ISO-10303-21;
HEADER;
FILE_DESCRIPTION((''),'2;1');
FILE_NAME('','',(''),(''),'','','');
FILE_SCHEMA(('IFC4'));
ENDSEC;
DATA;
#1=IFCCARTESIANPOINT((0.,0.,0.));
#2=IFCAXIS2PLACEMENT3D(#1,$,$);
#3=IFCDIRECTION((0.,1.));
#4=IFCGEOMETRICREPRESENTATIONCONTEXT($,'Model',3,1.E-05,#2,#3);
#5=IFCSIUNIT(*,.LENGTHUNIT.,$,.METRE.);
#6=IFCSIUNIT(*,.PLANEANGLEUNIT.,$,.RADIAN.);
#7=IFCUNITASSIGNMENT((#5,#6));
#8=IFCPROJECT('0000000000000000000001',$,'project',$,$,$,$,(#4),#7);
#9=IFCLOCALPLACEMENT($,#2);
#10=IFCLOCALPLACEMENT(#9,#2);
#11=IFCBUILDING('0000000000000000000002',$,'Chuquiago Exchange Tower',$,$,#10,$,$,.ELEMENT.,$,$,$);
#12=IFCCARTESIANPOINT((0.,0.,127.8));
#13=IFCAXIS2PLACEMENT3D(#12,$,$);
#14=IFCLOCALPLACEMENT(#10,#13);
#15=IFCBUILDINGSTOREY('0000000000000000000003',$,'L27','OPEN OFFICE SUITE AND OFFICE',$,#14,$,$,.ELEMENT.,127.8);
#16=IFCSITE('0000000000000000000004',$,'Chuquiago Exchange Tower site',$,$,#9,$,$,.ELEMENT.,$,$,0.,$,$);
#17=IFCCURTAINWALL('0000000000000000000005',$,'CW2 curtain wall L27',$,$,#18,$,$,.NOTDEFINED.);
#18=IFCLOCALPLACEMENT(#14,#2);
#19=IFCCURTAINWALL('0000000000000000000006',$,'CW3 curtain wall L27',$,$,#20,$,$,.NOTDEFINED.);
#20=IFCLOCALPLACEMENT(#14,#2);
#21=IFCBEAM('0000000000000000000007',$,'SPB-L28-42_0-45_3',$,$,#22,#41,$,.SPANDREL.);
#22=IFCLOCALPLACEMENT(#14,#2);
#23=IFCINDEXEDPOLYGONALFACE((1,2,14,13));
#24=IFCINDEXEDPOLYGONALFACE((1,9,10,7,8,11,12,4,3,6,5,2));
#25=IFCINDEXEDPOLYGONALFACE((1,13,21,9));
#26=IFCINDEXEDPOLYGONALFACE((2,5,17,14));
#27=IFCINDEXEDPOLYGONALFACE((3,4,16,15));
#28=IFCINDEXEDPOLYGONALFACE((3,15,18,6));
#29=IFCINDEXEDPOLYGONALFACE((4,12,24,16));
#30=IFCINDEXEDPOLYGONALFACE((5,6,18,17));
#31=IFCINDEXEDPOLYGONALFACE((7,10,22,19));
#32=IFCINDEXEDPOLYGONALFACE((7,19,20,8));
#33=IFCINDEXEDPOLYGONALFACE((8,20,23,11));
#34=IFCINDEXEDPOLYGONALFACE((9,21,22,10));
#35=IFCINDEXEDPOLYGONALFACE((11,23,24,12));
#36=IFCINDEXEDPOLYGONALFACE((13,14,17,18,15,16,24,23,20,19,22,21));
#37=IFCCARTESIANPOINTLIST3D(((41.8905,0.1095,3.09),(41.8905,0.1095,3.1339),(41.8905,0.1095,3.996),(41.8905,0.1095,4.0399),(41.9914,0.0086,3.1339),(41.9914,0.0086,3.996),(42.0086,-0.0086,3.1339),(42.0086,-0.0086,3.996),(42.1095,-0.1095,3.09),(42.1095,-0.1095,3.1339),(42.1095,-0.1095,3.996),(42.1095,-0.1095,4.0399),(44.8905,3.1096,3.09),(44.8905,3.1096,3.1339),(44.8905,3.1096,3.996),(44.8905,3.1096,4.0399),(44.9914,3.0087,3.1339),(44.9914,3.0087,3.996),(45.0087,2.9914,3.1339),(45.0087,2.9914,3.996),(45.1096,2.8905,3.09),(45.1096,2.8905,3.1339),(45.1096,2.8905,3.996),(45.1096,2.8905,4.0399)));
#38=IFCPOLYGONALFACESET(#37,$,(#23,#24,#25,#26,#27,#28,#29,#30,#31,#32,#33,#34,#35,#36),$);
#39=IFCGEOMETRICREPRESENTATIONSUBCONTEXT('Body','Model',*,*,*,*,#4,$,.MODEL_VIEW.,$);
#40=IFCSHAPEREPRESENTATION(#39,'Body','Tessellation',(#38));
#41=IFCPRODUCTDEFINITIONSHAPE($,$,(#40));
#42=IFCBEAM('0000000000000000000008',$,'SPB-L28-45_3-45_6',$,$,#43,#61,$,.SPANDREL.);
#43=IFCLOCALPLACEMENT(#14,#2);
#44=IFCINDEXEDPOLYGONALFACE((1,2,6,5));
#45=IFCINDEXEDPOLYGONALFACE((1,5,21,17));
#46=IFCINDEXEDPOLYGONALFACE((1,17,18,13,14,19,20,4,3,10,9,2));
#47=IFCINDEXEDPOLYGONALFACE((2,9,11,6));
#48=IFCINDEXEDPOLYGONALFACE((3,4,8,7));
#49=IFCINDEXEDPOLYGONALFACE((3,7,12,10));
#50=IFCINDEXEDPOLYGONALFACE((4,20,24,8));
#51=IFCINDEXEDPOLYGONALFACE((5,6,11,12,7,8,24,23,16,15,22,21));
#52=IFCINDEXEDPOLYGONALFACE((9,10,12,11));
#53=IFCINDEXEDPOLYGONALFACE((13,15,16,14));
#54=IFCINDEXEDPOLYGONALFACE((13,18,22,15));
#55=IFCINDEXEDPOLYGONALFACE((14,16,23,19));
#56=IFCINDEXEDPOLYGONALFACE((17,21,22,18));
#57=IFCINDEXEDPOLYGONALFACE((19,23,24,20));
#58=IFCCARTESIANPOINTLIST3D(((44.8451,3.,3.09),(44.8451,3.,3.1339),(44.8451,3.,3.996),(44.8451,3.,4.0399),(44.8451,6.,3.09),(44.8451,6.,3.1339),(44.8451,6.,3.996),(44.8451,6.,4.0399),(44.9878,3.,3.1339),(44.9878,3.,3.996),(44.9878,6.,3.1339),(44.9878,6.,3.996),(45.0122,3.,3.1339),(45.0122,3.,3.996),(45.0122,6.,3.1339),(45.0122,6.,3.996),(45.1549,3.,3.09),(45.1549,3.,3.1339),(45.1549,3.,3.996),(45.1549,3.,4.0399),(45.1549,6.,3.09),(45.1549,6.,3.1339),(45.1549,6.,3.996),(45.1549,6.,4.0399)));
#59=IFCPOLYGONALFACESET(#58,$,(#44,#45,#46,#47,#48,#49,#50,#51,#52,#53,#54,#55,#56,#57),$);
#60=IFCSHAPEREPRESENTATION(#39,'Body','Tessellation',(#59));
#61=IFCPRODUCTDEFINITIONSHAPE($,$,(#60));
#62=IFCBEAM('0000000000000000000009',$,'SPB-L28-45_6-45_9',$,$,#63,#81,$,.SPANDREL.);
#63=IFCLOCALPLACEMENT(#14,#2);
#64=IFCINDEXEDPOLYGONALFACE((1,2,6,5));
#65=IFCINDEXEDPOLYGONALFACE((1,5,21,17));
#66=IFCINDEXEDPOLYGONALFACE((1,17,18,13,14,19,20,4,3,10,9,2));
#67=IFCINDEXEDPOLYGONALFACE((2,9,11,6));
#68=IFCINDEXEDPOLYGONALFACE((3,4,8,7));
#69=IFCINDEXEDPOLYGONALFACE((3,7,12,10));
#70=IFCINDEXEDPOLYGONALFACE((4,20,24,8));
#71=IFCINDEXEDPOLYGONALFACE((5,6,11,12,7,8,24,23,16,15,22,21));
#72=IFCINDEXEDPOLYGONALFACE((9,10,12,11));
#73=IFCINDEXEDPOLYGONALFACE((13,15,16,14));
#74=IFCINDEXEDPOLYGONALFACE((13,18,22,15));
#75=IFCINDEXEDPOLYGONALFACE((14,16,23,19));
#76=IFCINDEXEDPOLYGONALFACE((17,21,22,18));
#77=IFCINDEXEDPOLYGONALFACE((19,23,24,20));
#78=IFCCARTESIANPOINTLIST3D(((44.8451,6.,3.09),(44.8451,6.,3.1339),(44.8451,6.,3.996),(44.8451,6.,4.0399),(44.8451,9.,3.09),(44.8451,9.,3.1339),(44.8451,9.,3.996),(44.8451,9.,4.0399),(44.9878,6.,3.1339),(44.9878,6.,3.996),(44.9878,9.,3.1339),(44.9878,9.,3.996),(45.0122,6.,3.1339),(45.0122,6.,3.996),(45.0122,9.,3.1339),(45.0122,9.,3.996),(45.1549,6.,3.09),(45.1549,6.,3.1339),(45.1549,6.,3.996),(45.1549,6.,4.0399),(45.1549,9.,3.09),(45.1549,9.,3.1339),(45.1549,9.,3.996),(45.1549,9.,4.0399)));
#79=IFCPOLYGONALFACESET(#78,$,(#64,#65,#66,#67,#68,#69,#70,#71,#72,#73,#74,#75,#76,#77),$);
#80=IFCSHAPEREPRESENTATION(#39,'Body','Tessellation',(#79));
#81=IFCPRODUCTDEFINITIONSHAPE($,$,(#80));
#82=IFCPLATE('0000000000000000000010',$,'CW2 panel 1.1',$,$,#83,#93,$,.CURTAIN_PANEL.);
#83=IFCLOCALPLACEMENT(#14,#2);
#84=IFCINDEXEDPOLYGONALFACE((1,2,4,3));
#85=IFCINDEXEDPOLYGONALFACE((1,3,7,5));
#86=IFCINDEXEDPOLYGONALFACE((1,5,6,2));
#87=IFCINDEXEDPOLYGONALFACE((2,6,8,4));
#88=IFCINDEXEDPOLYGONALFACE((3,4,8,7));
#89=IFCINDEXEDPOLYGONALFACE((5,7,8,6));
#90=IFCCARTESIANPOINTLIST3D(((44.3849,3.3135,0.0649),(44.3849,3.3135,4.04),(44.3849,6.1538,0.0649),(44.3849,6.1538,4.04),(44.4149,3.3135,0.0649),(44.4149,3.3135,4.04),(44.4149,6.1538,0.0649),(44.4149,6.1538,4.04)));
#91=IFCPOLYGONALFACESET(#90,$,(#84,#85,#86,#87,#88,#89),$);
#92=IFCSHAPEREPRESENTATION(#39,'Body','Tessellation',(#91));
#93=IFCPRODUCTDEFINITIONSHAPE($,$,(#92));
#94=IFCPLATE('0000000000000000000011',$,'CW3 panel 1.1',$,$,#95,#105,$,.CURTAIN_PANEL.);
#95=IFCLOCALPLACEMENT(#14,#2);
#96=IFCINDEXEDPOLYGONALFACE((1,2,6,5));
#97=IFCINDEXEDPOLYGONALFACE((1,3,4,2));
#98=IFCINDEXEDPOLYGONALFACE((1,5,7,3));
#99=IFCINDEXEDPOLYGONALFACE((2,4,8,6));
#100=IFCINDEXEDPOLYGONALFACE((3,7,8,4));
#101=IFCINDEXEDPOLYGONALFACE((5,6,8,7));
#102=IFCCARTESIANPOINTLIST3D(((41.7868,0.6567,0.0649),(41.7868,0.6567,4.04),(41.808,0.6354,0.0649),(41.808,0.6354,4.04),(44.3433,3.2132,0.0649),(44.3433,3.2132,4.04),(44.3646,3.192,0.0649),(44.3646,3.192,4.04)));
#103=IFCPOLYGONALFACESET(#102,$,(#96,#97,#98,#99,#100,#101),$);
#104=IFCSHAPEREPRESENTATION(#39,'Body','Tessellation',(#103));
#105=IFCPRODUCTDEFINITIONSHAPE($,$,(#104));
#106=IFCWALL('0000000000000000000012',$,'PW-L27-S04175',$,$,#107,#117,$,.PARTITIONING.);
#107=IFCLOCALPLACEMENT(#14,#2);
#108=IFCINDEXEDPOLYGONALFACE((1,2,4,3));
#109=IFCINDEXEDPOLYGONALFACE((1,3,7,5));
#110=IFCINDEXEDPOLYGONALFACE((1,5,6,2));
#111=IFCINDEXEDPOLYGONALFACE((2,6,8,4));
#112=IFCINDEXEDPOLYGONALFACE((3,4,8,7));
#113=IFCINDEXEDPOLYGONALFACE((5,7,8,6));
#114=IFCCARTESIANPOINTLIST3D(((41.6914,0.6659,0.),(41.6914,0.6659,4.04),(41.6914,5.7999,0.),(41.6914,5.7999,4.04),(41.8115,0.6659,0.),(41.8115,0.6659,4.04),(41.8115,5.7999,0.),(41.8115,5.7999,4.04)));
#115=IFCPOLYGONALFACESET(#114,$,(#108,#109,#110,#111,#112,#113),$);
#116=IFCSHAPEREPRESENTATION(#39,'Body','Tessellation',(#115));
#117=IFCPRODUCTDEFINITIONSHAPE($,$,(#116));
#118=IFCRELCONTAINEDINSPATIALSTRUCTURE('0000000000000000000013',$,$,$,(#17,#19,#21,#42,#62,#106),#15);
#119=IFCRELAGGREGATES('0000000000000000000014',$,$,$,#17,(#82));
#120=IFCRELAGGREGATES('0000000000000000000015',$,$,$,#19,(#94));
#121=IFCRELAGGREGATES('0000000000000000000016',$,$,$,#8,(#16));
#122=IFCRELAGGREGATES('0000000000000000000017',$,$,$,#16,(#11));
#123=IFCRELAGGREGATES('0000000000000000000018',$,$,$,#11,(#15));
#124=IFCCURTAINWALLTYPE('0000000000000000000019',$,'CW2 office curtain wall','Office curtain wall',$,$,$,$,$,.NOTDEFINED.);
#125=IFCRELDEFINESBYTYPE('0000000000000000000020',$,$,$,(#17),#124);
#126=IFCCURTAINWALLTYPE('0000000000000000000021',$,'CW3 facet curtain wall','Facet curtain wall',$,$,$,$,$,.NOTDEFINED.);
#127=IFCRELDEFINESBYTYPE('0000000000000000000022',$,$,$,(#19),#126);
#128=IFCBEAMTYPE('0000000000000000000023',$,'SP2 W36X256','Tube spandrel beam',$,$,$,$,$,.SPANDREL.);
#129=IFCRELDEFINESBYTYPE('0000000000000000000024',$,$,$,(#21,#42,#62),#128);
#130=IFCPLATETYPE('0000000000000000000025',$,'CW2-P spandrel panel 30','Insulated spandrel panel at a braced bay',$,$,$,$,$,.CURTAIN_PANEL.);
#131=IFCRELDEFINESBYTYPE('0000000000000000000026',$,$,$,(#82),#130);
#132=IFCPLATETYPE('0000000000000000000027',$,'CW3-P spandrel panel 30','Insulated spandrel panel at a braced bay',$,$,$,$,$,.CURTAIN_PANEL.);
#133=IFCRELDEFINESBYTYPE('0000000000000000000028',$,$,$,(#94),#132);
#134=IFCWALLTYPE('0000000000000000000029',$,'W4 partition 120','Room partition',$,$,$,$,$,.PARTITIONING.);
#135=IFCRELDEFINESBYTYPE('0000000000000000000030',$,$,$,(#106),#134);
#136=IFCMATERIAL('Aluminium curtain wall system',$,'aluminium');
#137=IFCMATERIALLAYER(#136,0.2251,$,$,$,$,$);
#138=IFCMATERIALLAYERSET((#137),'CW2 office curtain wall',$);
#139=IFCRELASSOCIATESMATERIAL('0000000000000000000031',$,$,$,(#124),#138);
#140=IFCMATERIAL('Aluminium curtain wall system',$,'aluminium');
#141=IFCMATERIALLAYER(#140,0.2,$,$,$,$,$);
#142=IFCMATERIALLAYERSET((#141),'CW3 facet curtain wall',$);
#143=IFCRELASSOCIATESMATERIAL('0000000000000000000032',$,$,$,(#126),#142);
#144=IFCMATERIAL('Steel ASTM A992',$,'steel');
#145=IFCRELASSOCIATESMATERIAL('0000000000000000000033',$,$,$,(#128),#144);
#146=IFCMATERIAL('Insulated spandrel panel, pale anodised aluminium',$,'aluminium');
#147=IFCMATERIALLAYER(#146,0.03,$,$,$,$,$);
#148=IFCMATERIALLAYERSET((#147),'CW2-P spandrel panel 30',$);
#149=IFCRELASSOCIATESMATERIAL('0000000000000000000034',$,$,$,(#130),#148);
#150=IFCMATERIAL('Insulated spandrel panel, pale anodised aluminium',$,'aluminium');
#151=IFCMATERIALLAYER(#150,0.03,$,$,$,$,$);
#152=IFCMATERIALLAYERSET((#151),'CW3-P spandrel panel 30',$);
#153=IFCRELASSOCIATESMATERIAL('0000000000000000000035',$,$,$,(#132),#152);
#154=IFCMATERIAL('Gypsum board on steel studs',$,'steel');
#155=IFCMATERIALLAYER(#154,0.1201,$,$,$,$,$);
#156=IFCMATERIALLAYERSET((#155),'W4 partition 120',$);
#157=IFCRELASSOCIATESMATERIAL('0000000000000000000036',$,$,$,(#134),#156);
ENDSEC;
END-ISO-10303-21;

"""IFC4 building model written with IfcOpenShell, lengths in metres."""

from ifc_helpers import new_model, si_unit, direction, frame, frame_2d, origin, origin_2d, place, context, subcontext, project, spatial, rectangle, i_section, extrude, material, layer, layer_set, material_profile, profile_set, type_object, element, aggregate, save


model = new_model("IFC4")

# Units and contexts
model_context = context("Model", 3, precision=1e-05, world=origin(), true_north=direction((0.0, 1.0)))
body_context = subcontext(model_context, "Body", "Model", "MODEL_VIEW")
ifc_project = project(units=[si_unit("LENGTHUNIT", "METRE"), si_unit("PLANEANGLEUNIT", "RADIAN")], contexts=[model_context])

# Site, building, storey
site_placement = place(None, origin())
site = spatial("IfcSite", under=ifc_project, at=site_placement, Name="Chuquiago Exchange Tower site", CompositionType="ELEMENT", RefElevation=0.0)
building_placement = place(site_placement, origin())
building = spatial("IfcBuilding", under=site, at=building_placement, Name="Chuquiago Exchange Tower", CompositionType="ELEMENT")
storey_placement = place(building_placement, frame((0.0, 0.0, 127.8)))
storey = spatial("IfcBuildingStorey", under=building, at=storey_placement, Name="L27", Description="OPEN OFFICE SUITE AND OFFICE", CompositionType="ELEMENT", Elevation=127.8)

# Curtain walls
ifc_material_1 = material(Name="Aluminium curtain wall system", Category="aluminium")
ifc_layer_1 = layer(ifc_material_1, 0.2251)
ifc_layer_set_1 = layer_set([ifc_layer_1], Name="CW2 office curtain wall")
curtain_wall_type_1 = type_object("IfcCurtainWallType", Name="CW2 office curtain wall", Description="Office curtain wall", PredefinedType="NOTDEFINED", material=ifc_layer_set_1)
curtain_wall_1_placement = place(storey_placement, origin())
curtain_wall_1 = element("IfcCurtainWall", 1, at=curtain_wall_1_placement, inside=storey, type_object=curtain_wall_type_1, Name="CW2 curtain wall L27", PredefinedType="NOTDEFINED")
ifc_material_2 = material(Name="Aluminium curtain wall system", Category="aluminium")
ifc_layer_2 = layer(ifc_material_2, 0.2)
ifc_layer_set_2 = layer_set([ifc_layer_2], Name="CW3 facet curtain wall")
curtain_wall_type_2 = type_object("IfcCurtainWallType", Name="CW3 facet curtain wall", Description="Facet curtain wall", PredefinedType="NOTDEFINED", material=ifc_layer_set_2)
curtain_wall_2_placement = place(storey_placement, origin())
curtain_wall_2 = element("IfcCurtainWall", 2, at=curtain_wall_2_placement, inside=storey, type_object=curtain_wall_type_2, Name="CW3 curtain wall L27", PredefinedType="NOTDEFINED")

# Beams
ifc_material_3 = material(Name="Steel ASTM A992", Category="steel")
ifc_material_profile_1 = material_profile(ifc_material_3, i_section(OverallWidth=0.3098, OverallDepth=0.95, WebThickness=0.0244, FlangeThickness=0.0439, at=origin_2d()), Name="W36X256")
ifc_profile_set_1 = profile_set([ifc_material_profile_1], Name="Steel ASTM A992")
beam_type = type_object("IfcBeamType", Name="SP2 W36X256", Description="Tube spandrel beam", PredefinedType="SPANDREL", material=ifc_profile_set_1)
beam_placement = place(storey_placement, frame((42.0, 0.0, 3.5649), z_axis=(0.707107, 0.707107, 0.0), x_axis=(-0.707107, 0.707107, 0.0)))
element("IfcBeam", 3, at=beam_placement, inside=storey, type_object=beam_type, Name="SPB-L28-42_0-45_3", PredefinedType="SPANDREL", context=body_context, shape_type="SweptSolid", body=[
    extrude(i_section(OverallWidth=0.3098, OverallDepth=0.95, WebThickness=0.0244, FlangeThickness=0.0439, at=origin_2d()), origin(), (0.0, 0.0, 1.0), 4.2427),
])
for number, where, z_axis, x_axis, name in (
    (4, (45.0, 3.0, 3.5649), (0.0, 1.0, 0.0), (-1.0, 0.0, 0.0), "SPB-L28-45_3-45_6"),
    (5, (45.0, 6.0, 3.5649), (0.0, 1.0, 0.0), (-1.0, 0.0, 0.0), "SPB-L28-45_6-45_9"),
):
    element("IfcBeam", number, at=place(storey_placement, frame(where, z_axis=z_axis, x_axis=x_axis)), inside=storey, type_object=beam_type, Name=name, PredefinedType="SPANDREL", context=body_context, shape_type="SweptSolid", body=[
        extrude(i_section(OverallWidth=0.3098, OverallDepth=0.95, WebThickness=0.0244, FlangeThickness=0.0439, at=origin_2d()), origin(), (0.0, 0.0, 1.0), 3.0),
    ])

# Plates
ifc_material_4 = material(Name="Insulated spandrel panel, pale anodised aluminium", Category="aluminium")
ifc_layer_3 = layer(ifc_material_4, 0.03)
ifc_layer_set_3 = layer_set([ifc_layer_3], Name="CW2-P spandrel panel 30")
plate_type_1 = type_object("IfcPlateType", Name="CW2-P spandrel panel 30", Description="Insulated spandrel panel at a braced bay", PredefinedType="CURTAIN_PANEL", material=ifc_layer_set_3)
plate_1_placement = place(storey_placement, frame((44.3999, 4.7336, 0.0649), z_axis=(0.0, 0.0, 1.0), x_axis=(0.0, 1.0, 0.0)))
plate_1 = element("IfcPlate", 6, at=plate_1_placement, type_object=plate_type_1, Name="CW2 panel 1.1", PredefinedType="CURTAIN_PANEL", context=body_context, shape_type="SweptSolid", body=[
    extrude(rectangle(XDim=2.8403, YDim=0.03, at=origin_2d()), origin(), (0.0, 0.0, 1.0), 3.9751),
])
aggregate(curtain_wall_1, [plate_1])
ifc_material_5 = material(Name="Insulated spandrel panel, pale anodised aluminium", Category="aluminium")
ifc_layer_4 = layer(ifc_material_5, 0.03)
ifc_layer_set_4 = layer_set([ifc_layer_4], Name="CW3-P spandrel panel 30")
plate_type_2 = type_object("IfcPlateType", Name="CW3-P spandrel panel 30", Description="Insulated spandrel panel at a braced bay", PredefinedType="CURTAIN_PANEL", material=ifc_layer_set_4)
plate_2_placement = place(storey_placement, frame((43.0757, 1.9243, 0.0649), z_axis=(0.0, 0.0, 1.0), x_axis=(0.707107, 0.707107, 0.0)))
plate_2 = element("IfcPlate", 7, at=plate_2_placement, type_object=plate_type_2, Name="CW3 panel 1.1", PredefinedType="CURTAIN_PANEL", context=body_context, shape_type="SweptSolid", body=[
    extrude(rectangle(XDim=3.6155, YDim=0.03, at=origin_2d()), origin(), (0.0, 0.0, 1.0), 3.9751),
])
aggregate(curtain_wall_2, [plate_2])

# Wall
ifc_material_6 = material(Name="Gypsum board on steel studs", Category="steel")
ifc_layer_5 = layer(ifc_material_6, 0.1201)
ifc_layer_set_5 = layer_set([ifc_layer_5], Name="W4 partition 120")
wall_type = type_object("IfcWallType", Name="W4 partition 120", Description="Room partition", PredefinedType="PARTITIONING", material=ifc_layer_set_5)
wall_1_placement = place(storey_placement, frame((41.7515, 0.666, 0.0), z_axis=(0.0, 0.0, 1.0), x_axis=(0.0, 1.0, 0.0)))
element("IfcWall", 8, at=wall_1_placement, inside=storey, type_object=wall_type, Name="PW-L27-S04175", PredefinedType="PARTITIONING", context=body_context, shape_type="SweptSolid", body=[
    extrude(rectangle(XDim=5.134, YDim=0.1201, at=frame_2d((2.5669, 0.0))), origin(), (0.0, 0.0, 1.0), 4.04),
])

save(model, "model.ifc")
